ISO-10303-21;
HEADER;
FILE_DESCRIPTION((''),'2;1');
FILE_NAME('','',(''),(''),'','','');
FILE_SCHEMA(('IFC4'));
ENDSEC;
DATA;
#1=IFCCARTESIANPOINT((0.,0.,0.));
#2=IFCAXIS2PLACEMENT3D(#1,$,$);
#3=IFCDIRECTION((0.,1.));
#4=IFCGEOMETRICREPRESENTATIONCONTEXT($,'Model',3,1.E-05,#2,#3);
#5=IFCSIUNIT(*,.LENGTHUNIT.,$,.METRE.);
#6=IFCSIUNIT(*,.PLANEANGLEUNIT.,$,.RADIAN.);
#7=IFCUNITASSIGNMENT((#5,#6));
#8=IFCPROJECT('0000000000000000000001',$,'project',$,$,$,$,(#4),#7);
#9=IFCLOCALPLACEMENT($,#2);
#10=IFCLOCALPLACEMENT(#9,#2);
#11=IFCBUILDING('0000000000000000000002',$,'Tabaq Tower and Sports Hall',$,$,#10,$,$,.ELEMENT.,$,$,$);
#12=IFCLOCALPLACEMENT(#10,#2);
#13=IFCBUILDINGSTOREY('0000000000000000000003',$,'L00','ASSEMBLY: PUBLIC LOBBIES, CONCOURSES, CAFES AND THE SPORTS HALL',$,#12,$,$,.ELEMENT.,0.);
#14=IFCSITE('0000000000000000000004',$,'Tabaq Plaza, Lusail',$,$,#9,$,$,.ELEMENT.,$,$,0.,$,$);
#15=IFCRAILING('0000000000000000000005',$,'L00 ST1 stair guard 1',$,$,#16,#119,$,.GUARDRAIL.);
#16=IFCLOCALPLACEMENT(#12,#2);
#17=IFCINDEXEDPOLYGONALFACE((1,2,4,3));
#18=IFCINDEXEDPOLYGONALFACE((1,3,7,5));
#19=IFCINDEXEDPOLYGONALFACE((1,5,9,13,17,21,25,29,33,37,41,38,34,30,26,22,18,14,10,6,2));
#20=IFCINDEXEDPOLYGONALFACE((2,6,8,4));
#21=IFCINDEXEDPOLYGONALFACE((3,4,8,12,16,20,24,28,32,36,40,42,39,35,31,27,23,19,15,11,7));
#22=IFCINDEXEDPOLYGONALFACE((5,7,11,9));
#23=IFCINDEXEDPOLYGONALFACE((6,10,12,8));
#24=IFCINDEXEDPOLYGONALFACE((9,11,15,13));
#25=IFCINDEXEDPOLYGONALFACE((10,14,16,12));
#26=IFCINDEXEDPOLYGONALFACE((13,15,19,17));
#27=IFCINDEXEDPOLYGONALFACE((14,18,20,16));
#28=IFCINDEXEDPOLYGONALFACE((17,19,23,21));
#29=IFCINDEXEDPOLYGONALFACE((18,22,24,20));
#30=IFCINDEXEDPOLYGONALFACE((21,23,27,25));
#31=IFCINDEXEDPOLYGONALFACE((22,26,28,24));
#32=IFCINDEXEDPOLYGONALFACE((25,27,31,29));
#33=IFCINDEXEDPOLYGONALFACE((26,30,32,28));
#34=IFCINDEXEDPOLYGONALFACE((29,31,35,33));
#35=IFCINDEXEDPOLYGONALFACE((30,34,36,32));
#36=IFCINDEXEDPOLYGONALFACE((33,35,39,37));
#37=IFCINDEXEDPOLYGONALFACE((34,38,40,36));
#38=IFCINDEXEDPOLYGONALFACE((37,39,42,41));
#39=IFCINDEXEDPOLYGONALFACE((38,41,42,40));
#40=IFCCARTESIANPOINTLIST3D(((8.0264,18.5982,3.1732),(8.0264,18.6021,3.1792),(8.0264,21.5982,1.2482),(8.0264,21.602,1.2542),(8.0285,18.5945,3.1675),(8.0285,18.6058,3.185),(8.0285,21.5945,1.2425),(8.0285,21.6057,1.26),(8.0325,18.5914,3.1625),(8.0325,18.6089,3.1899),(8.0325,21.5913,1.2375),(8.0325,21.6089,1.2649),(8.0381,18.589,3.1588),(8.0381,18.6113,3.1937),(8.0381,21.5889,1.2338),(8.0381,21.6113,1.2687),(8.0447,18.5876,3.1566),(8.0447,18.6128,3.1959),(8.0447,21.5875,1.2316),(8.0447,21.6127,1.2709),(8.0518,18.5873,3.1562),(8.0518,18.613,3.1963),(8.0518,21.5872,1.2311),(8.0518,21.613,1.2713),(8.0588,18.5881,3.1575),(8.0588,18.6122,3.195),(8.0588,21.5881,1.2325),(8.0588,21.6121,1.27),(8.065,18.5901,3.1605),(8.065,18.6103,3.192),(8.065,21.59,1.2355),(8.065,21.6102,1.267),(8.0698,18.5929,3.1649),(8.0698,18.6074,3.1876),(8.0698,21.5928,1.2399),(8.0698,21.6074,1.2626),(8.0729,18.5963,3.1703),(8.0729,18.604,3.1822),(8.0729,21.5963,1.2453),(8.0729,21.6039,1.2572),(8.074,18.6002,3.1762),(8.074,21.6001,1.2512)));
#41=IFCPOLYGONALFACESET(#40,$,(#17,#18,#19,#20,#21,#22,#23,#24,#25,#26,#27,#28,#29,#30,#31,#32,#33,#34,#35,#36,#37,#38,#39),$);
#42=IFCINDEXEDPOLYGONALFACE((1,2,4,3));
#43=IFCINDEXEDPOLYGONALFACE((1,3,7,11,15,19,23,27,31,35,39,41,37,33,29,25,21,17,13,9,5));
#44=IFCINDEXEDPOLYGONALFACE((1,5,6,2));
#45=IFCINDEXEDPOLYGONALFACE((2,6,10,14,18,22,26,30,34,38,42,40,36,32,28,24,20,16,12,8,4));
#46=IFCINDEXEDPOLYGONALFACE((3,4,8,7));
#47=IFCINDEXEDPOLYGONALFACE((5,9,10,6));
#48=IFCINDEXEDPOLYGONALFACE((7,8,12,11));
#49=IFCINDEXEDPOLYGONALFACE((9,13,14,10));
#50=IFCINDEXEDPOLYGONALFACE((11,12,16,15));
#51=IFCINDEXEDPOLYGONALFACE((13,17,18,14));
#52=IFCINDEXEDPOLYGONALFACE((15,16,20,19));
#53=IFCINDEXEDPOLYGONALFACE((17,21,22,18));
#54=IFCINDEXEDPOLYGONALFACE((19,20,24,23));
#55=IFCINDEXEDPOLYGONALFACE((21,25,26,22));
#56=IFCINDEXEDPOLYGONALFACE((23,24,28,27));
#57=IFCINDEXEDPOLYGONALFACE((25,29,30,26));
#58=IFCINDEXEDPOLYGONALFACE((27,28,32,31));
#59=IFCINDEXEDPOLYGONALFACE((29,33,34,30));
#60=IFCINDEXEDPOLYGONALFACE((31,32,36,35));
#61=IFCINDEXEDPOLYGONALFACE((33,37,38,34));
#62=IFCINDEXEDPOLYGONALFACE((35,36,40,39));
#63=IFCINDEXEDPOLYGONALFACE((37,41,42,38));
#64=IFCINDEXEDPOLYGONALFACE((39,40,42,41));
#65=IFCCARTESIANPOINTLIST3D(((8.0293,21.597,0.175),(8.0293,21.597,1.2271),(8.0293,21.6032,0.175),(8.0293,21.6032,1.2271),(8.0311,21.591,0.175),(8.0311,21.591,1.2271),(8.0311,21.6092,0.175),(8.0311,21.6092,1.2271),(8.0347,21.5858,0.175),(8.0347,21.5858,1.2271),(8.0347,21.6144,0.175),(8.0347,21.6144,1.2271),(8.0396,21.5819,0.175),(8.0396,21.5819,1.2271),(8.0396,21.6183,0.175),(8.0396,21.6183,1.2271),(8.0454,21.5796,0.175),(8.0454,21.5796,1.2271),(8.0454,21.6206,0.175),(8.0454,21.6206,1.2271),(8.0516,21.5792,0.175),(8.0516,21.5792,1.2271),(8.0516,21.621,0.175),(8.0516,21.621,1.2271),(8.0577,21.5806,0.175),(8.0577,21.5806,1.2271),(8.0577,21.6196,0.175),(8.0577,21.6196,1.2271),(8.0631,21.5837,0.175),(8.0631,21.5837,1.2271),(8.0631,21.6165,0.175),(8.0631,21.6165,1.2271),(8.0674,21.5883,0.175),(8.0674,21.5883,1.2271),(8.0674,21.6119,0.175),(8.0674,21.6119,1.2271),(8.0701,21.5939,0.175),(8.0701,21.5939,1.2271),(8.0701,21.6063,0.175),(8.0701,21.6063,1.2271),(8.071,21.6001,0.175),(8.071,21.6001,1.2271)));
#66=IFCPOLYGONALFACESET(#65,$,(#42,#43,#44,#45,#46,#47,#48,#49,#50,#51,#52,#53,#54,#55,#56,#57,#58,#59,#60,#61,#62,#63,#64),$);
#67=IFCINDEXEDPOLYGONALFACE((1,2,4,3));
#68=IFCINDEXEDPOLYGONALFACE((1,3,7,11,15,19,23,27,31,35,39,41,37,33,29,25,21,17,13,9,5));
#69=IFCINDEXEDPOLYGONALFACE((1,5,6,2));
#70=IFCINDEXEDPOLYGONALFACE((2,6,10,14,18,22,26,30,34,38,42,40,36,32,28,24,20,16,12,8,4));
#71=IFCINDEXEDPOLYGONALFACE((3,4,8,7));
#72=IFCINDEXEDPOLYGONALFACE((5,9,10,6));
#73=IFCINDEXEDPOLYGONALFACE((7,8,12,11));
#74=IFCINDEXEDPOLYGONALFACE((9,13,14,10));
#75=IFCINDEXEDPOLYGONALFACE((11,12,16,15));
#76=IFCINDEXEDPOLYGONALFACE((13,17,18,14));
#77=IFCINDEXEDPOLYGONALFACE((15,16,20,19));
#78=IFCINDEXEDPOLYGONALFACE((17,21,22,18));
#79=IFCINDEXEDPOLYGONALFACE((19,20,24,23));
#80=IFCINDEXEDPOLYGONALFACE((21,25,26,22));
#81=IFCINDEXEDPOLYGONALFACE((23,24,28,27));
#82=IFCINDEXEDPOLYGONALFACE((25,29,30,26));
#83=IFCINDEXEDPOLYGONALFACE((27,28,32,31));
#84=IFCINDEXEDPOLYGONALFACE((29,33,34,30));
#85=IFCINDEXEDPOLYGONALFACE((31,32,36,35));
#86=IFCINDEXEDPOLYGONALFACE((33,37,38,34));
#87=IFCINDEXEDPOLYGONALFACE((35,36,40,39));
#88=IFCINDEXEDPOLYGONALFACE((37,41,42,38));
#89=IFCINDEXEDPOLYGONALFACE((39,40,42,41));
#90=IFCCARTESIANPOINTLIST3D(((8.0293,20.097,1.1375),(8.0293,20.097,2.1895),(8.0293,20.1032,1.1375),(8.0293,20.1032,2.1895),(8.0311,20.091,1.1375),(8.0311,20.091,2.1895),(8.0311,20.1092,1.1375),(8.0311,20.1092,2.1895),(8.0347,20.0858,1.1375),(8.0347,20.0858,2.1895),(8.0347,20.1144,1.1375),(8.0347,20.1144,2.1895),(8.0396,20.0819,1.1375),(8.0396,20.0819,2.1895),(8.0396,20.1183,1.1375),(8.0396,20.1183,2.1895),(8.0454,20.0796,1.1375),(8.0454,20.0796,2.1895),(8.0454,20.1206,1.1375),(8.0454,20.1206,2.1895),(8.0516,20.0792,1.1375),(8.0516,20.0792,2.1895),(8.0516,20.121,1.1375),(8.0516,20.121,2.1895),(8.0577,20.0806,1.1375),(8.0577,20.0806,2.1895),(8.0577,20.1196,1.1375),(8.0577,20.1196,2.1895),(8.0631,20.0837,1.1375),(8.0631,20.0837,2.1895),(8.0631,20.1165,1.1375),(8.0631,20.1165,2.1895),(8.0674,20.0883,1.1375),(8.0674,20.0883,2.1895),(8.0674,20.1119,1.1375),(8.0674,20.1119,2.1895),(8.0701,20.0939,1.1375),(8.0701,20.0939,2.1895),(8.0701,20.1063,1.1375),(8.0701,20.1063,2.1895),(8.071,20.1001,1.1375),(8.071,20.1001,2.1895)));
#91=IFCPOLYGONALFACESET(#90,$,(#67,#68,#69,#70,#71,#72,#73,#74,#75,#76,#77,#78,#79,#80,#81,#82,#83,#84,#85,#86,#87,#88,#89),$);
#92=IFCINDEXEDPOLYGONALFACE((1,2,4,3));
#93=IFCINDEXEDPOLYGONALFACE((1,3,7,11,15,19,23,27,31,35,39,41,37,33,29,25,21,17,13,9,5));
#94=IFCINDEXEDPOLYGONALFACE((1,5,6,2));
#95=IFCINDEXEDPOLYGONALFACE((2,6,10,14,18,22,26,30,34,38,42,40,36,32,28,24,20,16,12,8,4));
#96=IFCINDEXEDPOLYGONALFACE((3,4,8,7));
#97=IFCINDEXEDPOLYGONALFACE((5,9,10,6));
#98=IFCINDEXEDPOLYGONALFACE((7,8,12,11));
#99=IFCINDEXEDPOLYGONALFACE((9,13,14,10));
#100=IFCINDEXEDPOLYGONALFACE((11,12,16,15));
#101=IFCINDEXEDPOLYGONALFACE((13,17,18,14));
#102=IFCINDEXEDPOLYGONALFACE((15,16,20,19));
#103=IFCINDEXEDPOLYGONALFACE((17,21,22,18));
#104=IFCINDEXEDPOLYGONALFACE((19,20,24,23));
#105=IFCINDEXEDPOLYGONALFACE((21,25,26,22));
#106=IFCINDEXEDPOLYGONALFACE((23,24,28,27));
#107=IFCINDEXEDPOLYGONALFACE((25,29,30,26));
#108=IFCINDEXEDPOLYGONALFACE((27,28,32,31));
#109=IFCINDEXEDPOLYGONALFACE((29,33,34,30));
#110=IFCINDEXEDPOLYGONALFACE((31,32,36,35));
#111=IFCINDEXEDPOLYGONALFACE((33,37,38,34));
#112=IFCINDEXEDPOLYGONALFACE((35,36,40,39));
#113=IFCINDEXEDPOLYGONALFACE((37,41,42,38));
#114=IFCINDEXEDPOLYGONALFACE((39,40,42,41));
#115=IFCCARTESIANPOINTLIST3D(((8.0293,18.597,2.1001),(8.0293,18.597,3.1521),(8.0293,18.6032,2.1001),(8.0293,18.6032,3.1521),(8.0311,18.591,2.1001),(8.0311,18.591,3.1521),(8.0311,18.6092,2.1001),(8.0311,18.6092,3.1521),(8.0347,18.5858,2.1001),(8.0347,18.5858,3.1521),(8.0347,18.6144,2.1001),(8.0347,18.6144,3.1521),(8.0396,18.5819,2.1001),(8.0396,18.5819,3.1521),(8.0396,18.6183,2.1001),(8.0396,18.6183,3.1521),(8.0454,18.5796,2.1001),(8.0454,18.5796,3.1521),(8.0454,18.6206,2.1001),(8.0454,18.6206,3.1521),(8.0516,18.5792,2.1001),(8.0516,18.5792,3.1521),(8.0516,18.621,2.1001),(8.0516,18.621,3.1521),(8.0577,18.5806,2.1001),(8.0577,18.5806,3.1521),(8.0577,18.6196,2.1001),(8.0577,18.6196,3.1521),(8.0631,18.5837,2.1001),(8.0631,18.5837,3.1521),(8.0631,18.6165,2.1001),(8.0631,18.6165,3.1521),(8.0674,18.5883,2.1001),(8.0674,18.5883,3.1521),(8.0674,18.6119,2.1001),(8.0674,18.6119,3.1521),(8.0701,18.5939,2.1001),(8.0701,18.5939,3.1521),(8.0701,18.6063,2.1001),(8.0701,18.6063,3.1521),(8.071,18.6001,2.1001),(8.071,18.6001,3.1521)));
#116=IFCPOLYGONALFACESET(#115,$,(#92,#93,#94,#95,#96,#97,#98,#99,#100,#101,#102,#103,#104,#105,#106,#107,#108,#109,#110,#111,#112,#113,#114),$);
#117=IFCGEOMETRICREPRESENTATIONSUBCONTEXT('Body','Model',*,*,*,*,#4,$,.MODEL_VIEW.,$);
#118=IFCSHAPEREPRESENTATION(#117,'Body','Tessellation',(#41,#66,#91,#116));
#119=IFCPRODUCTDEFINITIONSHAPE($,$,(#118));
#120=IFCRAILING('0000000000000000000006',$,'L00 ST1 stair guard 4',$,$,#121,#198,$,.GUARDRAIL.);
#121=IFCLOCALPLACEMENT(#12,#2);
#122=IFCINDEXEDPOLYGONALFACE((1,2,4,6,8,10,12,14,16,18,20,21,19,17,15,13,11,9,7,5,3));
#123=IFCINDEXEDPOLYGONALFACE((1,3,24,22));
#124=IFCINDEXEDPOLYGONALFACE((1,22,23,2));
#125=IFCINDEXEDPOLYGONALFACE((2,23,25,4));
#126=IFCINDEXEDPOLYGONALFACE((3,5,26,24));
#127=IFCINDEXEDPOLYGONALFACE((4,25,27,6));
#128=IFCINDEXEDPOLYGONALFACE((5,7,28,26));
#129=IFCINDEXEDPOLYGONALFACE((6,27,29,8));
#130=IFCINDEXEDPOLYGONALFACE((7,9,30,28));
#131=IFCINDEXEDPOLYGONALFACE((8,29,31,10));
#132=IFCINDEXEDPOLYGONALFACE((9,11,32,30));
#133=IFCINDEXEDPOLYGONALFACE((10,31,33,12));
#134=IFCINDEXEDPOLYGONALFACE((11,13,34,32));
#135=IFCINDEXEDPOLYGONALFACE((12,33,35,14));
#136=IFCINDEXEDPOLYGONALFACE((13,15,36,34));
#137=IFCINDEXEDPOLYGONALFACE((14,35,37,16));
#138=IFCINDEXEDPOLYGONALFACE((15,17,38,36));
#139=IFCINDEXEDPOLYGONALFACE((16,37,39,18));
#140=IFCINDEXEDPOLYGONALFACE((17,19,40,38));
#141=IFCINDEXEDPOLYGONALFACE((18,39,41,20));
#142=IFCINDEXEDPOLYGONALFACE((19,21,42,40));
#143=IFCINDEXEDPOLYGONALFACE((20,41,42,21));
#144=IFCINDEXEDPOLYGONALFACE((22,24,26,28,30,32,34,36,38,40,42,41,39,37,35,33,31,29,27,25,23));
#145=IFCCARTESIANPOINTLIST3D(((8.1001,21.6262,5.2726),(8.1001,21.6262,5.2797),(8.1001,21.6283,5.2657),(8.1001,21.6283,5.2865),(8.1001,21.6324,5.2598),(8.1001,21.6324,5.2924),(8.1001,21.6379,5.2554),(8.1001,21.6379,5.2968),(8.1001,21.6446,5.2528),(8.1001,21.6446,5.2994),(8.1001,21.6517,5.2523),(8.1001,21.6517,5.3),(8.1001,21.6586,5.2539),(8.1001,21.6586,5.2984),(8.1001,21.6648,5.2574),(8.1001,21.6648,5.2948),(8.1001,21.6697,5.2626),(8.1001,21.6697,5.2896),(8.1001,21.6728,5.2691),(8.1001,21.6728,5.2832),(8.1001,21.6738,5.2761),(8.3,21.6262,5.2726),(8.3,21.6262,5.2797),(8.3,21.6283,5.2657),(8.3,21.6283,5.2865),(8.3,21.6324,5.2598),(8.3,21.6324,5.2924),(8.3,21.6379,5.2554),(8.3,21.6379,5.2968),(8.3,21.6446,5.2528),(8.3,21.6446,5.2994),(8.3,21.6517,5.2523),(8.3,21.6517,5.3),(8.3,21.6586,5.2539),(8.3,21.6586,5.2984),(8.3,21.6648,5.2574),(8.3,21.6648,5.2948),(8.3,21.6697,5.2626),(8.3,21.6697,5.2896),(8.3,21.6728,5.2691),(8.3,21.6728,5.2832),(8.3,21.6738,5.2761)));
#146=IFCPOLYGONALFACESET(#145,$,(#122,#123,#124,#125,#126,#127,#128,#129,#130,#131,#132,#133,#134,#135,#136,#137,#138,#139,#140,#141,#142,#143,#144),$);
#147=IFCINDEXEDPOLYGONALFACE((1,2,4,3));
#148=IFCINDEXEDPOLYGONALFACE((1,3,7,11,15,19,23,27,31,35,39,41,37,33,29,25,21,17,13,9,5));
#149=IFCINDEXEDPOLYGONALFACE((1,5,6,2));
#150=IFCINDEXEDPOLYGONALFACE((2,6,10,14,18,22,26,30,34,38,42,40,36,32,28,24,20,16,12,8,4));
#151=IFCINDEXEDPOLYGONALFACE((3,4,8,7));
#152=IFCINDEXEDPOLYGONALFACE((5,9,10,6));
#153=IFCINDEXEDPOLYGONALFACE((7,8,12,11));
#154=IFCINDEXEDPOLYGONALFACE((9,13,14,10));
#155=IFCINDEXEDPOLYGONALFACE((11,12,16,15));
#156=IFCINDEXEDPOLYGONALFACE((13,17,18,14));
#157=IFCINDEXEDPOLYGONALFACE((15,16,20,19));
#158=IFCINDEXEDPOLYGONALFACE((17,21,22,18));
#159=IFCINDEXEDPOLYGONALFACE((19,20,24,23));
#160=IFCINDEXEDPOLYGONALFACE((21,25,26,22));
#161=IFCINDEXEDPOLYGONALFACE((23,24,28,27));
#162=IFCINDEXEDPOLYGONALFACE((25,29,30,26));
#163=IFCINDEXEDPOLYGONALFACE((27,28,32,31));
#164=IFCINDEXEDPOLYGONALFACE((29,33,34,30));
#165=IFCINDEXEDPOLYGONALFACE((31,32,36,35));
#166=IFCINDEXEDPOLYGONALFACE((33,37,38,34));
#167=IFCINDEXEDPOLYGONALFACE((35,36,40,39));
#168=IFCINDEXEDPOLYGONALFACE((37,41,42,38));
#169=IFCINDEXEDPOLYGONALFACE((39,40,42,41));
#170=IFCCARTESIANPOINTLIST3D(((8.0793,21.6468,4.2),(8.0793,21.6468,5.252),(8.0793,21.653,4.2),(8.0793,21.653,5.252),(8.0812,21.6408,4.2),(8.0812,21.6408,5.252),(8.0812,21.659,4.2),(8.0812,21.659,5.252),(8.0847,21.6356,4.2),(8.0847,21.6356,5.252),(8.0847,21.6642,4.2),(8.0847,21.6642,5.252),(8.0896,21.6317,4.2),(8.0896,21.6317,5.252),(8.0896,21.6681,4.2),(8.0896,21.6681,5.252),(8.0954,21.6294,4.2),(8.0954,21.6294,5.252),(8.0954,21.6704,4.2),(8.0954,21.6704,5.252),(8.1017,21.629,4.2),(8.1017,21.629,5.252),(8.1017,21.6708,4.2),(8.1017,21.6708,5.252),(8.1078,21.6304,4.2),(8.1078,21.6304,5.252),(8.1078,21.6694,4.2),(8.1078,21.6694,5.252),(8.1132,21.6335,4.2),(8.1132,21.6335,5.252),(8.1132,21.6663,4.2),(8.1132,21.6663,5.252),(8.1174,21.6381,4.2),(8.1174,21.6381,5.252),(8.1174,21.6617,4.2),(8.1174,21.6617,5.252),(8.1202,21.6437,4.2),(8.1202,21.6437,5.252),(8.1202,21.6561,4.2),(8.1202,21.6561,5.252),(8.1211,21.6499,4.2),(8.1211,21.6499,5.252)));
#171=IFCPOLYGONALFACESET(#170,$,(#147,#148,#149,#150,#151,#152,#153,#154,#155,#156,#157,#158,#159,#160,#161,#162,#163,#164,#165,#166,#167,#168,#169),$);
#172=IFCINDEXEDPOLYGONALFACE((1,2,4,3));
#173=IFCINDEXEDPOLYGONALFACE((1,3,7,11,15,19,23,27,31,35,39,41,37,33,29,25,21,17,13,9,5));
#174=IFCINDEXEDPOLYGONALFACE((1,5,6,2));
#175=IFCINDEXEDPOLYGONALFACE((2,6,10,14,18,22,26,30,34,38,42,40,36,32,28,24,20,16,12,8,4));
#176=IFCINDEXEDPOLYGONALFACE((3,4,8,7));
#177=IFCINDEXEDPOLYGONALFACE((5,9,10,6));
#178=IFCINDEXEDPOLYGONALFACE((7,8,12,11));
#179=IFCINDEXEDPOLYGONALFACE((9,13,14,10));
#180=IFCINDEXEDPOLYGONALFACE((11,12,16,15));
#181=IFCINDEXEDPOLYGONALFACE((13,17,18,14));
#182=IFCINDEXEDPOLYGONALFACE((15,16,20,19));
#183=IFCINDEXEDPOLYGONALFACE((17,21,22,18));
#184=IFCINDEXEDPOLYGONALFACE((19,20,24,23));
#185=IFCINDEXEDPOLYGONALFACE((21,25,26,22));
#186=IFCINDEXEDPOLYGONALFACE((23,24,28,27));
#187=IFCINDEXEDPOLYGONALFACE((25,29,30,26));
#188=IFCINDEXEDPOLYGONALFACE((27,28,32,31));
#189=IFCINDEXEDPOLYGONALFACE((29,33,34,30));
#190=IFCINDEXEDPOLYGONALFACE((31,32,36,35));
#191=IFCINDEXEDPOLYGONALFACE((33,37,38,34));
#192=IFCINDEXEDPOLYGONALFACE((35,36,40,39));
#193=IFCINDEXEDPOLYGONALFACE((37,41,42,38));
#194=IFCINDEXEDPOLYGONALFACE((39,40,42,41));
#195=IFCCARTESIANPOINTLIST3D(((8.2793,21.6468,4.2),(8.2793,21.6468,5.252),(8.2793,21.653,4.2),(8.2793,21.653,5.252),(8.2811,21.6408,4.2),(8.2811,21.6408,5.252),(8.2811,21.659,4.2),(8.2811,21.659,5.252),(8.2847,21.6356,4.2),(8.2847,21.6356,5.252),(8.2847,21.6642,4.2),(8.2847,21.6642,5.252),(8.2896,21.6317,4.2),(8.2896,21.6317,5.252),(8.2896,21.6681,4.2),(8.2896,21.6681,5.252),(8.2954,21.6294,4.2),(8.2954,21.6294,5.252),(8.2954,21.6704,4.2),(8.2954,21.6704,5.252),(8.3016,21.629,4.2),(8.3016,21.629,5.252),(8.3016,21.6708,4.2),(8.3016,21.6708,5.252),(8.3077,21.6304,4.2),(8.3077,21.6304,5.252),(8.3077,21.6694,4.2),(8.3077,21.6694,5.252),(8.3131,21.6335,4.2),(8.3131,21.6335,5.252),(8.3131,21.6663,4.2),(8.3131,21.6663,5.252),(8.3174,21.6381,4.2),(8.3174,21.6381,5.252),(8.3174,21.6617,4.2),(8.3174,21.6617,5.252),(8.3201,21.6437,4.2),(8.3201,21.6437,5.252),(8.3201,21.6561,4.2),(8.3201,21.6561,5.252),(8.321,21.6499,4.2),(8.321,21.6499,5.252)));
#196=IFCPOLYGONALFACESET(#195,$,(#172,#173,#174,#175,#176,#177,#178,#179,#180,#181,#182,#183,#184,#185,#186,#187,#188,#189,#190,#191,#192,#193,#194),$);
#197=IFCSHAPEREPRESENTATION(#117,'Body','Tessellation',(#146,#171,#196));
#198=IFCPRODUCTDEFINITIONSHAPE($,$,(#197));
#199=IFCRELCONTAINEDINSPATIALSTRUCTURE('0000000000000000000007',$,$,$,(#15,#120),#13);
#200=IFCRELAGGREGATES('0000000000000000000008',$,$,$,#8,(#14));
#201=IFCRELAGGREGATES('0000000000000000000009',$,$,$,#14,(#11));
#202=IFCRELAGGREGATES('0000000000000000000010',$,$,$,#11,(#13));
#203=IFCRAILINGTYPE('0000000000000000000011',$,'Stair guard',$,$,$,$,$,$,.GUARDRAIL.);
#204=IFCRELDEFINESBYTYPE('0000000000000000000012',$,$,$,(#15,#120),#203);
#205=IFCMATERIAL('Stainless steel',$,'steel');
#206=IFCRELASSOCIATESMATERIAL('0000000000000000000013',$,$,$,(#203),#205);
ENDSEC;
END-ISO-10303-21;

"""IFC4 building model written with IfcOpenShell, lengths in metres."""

from ifc_helpers import new_model, si_unit, direction, frame, origin, origin_2d, place, context, subcontext, project, spatial, circle, extrude, material, type_object, element, save


model = new_model("IFC4")

# Units and contexts
model_context = context("Model", 3, precision=1e-05, world=origin(), true_north=direction((0.0, 1.0)))
body_context = subcontext(model_context, "Body", "Model", "MODEL_VIEW")
ifc_project = project(units=[si_unit("LENGTHUNIT", "METRE"), si_unit("PLANEANGLEUNIT", "RADIAN")], contexts=[model_context])

# Site, building, storey
site_placement = place(None, origin())
site = spatial("IfcSite", under=ifc_project, at=site_placement, Name="Tabaq Plaza, Lusail", CompositionType="ELEMENT", RefElevation=0.0)
building_placement = place(site_placement, origin())
building = spatial("IfcBuilding", under=site, at=building_placement, Name="Tabaq Tower and Sports Hall", CompositionType="ELEMENT")
storey_placement = place(building_placement, origin())
storey = spatial("IfcBuildingStorey", under=building, at=storey_placement, Name="L00", Description="ASSEMBLY: PUBLIC LOBBIES, CONCOURSES, CAFES AND THE SPORTS HALL", CompositionType="ELEMENT", Elevation=0.0)

# Railings
ifc_material_1 = material(Name="Stainless steel", Category="steel")
railing_type = type_object("IfcRailingType", Name="Stair guard", PredefinedType="GUARDRAIL", material=ifc_material_1)
railing_1_placement = place(storey_placement, frame((8.05, 21.6001, 0.175)))
element("IfcRailing", 1, at=railing_1_placement, inside=storey, type_object=railing_type, Name="L00 ST1 stair guard 1", PredefinedType="GUARDRAIL", context=body_context, shape_type="SweptSolid", body=[
    extrude(circle(Radius=0.0239, at=origin_2d()), frame((0.0, 0.0, 1.0762), z_axis=(0.0, -0.841628, 0.540058), x_axis=(1.0, 0.0, 0.0)), (0.0, 0.0, 1.0), 3.5645),
    extrude(circle(Radius=0.021, at=origin_2d()), origin(), (0.0, 0.0, 1.0), 1.052),
    extrude(circle(Radius=0.021, at=origin_2d()), frame((0.0, -1.5, 0.9624)), (0.0, 0.0, 1.0), 1.052),
    extrude(circle(Radius=0.021, at=origin_2d()), frame((0.0, -3.0, 1.925)), (0.0, 0.0, 1.0), 1.052),
])
railing_2_placement = place(storey_placement, frame((8.1001, 21.6499, 4.2)))
element("IfcRailing", 2, at=railing_2_placement, inside=storey, type_object=railing_type, Name="L00 ST1 stair guard 4", PredefinedType="GUARDRAIL", context=body_context, shape_type="SweptSolid", body=[
    extrude(circle(Radius=0.0239, at=origin_2d()), frame((0.0, 0.0, 1.0762), z_axis=(1.0, 0.0, 0.0), x_axis=(0.0, 1.0, 0.0)), (0.0, 0.0, 1.0), 0.2),
    extrude(circle(Radius=0.021, at=origin_2d()), origin(), (0.0, 0.0, 1.0), 1.052),
    extrude(circle(Radius=0.021, at=origin_2d()), frame((0.2, 0.0, 0.0)), (0.0, 0.0, 1.0), 1.052),
])

save(model, "model.ifc")
